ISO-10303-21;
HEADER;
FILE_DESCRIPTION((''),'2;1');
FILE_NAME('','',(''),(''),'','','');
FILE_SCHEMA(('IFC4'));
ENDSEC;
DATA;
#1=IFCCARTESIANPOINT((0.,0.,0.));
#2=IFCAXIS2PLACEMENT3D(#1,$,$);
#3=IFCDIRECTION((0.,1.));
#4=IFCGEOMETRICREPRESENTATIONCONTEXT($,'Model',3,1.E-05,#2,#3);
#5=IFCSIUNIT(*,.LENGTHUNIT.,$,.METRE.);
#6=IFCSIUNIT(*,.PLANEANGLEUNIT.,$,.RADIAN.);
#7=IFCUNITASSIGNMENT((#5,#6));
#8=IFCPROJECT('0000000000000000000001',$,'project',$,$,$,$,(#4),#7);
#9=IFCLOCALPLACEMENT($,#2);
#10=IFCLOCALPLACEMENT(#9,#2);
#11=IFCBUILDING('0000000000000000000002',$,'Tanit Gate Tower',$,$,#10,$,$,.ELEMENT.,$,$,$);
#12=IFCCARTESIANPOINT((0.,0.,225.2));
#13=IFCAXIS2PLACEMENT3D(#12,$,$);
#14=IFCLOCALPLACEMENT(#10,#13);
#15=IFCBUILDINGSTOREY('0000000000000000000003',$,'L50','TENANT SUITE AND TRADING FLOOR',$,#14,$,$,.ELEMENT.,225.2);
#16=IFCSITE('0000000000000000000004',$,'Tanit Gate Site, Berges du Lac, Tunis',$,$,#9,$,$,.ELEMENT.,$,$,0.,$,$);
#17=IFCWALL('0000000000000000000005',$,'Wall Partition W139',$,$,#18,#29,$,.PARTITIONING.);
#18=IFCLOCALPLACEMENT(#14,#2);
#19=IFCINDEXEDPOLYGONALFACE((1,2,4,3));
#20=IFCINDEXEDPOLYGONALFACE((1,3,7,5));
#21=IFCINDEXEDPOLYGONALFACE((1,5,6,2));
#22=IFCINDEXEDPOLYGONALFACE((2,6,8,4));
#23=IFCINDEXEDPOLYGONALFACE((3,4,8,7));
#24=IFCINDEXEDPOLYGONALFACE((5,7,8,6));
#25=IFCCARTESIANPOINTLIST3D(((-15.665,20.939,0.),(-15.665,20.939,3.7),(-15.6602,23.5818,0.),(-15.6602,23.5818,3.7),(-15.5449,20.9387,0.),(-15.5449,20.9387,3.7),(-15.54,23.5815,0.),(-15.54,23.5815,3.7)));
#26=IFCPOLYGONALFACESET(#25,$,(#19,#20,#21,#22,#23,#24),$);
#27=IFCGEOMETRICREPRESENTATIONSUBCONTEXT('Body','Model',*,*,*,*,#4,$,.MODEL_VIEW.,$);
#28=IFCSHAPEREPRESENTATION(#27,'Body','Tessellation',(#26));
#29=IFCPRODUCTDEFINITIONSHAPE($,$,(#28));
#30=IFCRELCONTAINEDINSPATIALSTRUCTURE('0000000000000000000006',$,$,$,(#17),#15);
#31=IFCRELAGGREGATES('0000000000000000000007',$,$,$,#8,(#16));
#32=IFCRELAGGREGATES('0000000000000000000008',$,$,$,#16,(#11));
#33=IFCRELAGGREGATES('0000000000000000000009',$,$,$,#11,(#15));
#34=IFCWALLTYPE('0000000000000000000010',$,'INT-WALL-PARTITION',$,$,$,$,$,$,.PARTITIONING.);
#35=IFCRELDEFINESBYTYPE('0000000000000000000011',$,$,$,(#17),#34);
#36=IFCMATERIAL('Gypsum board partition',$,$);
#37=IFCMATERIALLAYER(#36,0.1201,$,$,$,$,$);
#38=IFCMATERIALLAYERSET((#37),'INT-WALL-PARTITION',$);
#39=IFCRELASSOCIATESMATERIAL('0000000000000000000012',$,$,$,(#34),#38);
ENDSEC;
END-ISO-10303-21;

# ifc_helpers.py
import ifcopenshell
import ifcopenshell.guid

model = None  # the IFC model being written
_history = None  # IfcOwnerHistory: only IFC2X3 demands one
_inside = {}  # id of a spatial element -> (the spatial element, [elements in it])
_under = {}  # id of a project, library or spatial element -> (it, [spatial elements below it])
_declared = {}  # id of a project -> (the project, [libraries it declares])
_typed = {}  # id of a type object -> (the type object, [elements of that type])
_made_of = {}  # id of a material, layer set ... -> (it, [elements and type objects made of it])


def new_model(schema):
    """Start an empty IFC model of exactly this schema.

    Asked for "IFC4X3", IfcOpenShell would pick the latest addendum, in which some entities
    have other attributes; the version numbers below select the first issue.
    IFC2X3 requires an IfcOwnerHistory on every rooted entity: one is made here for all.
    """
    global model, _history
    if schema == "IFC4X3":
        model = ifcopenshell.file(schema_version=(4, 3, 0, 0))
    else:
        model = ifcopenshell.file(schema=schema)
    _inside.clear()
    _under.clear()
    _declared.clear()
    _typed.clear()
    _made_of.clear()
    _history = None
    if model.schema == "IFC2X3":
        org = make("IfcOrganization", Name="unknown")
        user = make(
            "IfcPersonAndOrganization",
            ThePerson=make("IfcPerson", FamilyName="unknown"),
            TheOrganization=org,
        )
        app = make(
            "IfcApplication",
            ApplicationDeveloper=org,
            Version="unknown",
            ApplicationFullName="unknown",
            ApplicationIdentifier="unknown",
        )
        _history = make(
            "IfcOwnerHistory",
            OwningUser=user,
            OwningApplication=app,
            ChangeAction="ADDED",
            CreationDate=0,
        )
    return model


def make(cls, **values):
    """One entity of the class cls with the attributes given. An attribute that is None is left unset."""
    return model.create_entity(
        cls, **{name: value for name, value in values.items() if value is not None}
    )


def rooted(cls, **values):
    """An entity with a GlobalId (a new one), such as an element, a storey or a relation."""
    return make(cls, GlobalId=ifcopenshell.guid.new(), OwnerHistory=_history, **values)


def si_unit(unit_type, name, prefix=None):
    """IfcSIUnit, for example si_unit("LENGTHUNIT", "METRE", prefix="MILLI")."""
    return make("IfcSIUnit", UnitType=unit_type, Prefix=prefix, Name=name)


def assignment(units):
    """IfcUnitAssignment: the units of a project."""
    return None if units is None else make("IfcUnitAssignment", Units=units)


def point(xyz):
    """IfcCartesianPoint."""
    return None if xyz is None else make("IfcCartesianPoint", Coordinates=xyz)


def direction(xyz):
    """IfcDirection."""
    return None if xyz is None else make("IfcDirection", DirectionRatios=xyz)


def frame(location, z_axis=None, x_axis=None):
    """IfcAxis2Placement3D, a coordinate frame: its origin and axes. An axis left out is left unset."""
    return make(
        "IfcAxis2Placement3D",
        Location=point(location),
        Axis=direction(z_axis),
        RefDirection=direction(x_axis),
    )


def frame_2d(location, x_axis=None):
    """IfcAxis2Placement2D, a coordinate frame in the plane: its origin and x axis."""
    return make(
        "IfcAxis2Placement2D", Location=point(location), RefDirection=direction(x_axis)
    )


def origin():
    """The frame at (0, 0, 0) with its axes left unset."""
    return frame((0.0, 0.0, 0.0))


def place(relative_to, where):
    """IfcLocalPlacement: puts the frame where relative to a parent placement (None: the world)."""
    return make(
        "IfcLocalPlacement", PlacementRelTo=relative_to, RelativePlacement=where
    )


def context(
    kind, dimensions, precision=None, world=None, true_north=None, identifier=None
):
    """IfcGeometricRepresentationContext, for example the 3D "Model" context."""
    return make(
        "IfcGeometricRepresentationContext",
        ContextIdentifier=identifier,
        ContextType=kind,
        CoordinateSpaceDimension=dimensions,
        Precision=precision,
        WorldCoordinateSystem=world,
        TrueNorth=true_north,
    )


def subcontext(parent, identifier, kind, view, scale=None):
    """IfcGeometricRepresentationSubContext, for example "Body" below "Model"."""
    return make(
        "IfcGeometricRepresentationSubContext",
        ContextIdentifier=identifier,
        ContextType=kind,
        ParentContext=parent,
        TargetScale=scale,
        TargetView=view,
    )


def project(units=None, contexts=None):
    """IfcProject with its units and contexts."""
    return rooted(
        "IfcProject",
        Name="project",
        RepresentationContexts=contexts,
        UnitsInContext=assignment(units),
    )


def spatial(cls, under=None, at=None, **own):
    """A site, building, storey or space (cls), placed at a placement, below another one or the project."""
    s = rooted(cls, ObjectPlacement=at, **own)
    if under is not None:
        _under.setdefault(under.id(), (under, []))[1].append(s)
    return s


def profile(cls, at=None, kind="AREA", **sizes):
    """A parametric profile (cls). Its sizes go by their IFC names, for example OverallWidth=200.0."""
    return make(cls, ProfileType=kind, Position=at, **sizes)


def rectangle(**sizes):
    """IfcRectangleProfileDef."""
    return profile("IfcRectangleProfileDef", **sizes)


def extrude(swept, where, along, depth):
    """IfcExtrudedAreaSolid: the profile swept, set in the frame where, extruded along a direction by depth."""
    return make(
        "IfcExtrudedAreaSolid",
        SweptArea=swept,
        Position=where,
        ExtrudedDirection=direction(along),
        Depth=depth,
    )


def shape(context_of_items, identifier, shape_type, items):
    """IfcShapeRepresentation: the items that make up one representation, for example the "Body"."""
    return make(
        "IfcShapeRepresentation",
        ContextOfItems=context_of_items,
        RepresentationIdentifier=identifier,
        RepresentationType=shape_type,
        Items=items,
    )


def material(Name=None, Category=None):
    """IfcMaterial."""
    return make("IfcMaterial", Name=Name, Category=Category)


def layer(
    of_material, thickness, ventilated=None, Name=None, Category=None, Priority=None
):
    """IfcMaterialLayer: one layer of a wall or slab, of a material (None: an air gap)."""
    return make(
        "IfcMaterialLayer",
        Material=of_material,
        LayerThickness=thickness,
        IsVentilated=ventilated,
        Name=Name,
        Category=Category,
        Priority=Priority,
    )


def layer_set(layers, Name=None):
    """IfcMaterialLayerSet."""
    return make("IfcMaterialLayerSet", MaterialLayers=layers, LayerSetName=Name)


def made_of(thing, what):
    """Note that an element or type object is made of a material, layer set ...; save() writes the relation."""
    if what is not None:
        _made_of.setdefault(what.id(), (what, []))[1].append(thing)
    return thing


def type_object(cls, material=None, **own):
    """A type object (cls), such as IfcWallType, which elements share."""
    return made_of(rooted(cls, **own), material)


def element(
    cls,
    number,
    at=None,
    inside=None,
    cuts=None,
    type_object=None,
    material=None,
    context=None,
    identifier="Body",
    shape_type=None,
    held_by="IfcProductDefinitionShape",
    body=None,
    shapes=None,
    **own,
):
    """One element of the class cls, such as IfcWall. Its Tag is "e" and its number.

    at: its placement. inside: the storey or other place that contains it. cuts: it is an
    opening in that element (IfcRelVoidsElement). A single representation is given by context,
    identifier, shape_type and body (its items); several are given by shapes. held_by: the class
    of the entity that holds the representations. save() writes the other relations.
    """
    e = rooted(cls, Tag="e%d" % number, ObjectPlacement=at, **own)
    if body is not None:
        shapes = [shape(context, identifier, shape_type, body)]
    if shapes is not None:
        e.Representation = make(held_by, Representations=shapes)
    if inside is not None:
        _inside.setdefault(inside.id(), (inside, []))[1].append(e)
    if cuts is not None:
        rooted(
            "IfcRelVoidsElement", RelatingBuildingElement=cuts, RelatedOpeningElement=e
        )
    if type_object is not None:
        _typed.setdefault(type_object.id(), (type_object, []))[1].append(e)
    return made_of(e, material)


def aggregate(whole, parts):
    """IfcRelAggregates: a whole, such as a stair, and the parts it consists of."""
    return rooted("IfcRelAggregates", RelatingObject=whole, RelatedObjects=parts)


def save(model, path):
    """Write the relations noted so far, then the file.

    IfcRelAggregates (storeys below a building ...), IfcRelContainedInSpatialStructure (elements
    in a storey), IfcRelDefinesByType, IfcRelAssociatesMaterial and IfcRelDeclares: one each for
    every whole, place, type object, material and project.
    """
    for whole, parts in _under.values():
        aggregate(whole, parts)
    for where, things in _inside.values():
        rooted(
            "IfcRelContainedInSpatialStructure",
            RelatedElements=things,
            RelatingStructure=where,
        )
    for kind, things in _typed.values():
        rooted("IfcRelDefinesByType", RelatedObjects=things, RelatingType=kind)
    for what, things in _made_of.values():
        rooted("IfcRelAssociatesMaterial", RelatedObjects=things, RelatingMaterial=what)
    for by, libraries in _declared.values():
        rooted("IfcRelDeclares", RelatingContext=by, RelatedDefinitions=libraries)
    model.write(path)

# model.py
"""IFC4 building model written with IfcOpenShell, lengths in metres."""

from ifc_helpers import new_model, si_unit, direction, frame, frame_2d, origin, place, context, subcontext, project, spatial, rectangle, extrude, material, layer, layer_set, type_object, element, save


model = new_model("IFC4")

# Units and contexts
model_context = context("Model", 3, precision=1e-05, world=origin(), true_north=direction((0.0, 1.0)))
body_context = subcontext(model_context, "Body", "Model", "MODEL_VIEW")
ifc_project = project(units=[si_unit("LENGTHUNIT", "METRE"), si_unit("PLANEANGLEUNIT", "RADIAN")], contexts=[model_context])

# Site, building, storey
site_placement = place(None, origin())
site = spatial("IfcSite", under=ifc_project, at=site_placement, Name="Tanit Gate Site, Berges du Lac, Tunis", CompositionType="ELEMENT", RefElevation=0.0)
building_placement = place(site_placement, origin())
building = spatial("IfcBuilding", under=site, at=building_placement, Name="Tanit Gate Tower", CompositionType="ELEMENT")
storey_placement = place(building_placement, frame((0.0, 0.0, 225.2)))
storey = spatial("IfcBuildingStorey", under=building, at=storey_placement, Name="L50", Description="TENANT SUITE AND TRADING FLOOR", CompositionType="ELEMENT", Elevation=225.2)

# Shared definitions
ifc_material_1 = material(Name="Gypsum board partition")
ifc_layer_1 = layer(ifc_material_1, 0.1201)
ifc_layer_set_1 = layer_set([ifc_layer_1], Name="INT-WALL-PARTITION")
wall_type_1 = type_object("IfcWallType", Name="INT-WALL-PARTITION", PredefinedType="PARTITIONING", material=ifc_layer_set_1)

# Wall
wall_1_placement = place(storey_placement, frame((-15.605, 20.939, 0.0), z_axis=(0.0, 0.0, 1.0), x_axis=(0.001848, 0.999998, 0.0)))
element("IfcWall", 1, at=wall_1_placement, inside=storey, type_object=wall_type_1, Name="Wall Partition W139", PredefinedType="PARTITIONING", context=body_context, shape_type="SweptSolid", body=[
    extrude(rectangle(XDim=2.6428, YDim=0.1201, at=frame_2d((1.3213, 0.0))), origin(), (0.0, 0.0, 1.0), 3.7),
])

save(model, "model.ifc")
